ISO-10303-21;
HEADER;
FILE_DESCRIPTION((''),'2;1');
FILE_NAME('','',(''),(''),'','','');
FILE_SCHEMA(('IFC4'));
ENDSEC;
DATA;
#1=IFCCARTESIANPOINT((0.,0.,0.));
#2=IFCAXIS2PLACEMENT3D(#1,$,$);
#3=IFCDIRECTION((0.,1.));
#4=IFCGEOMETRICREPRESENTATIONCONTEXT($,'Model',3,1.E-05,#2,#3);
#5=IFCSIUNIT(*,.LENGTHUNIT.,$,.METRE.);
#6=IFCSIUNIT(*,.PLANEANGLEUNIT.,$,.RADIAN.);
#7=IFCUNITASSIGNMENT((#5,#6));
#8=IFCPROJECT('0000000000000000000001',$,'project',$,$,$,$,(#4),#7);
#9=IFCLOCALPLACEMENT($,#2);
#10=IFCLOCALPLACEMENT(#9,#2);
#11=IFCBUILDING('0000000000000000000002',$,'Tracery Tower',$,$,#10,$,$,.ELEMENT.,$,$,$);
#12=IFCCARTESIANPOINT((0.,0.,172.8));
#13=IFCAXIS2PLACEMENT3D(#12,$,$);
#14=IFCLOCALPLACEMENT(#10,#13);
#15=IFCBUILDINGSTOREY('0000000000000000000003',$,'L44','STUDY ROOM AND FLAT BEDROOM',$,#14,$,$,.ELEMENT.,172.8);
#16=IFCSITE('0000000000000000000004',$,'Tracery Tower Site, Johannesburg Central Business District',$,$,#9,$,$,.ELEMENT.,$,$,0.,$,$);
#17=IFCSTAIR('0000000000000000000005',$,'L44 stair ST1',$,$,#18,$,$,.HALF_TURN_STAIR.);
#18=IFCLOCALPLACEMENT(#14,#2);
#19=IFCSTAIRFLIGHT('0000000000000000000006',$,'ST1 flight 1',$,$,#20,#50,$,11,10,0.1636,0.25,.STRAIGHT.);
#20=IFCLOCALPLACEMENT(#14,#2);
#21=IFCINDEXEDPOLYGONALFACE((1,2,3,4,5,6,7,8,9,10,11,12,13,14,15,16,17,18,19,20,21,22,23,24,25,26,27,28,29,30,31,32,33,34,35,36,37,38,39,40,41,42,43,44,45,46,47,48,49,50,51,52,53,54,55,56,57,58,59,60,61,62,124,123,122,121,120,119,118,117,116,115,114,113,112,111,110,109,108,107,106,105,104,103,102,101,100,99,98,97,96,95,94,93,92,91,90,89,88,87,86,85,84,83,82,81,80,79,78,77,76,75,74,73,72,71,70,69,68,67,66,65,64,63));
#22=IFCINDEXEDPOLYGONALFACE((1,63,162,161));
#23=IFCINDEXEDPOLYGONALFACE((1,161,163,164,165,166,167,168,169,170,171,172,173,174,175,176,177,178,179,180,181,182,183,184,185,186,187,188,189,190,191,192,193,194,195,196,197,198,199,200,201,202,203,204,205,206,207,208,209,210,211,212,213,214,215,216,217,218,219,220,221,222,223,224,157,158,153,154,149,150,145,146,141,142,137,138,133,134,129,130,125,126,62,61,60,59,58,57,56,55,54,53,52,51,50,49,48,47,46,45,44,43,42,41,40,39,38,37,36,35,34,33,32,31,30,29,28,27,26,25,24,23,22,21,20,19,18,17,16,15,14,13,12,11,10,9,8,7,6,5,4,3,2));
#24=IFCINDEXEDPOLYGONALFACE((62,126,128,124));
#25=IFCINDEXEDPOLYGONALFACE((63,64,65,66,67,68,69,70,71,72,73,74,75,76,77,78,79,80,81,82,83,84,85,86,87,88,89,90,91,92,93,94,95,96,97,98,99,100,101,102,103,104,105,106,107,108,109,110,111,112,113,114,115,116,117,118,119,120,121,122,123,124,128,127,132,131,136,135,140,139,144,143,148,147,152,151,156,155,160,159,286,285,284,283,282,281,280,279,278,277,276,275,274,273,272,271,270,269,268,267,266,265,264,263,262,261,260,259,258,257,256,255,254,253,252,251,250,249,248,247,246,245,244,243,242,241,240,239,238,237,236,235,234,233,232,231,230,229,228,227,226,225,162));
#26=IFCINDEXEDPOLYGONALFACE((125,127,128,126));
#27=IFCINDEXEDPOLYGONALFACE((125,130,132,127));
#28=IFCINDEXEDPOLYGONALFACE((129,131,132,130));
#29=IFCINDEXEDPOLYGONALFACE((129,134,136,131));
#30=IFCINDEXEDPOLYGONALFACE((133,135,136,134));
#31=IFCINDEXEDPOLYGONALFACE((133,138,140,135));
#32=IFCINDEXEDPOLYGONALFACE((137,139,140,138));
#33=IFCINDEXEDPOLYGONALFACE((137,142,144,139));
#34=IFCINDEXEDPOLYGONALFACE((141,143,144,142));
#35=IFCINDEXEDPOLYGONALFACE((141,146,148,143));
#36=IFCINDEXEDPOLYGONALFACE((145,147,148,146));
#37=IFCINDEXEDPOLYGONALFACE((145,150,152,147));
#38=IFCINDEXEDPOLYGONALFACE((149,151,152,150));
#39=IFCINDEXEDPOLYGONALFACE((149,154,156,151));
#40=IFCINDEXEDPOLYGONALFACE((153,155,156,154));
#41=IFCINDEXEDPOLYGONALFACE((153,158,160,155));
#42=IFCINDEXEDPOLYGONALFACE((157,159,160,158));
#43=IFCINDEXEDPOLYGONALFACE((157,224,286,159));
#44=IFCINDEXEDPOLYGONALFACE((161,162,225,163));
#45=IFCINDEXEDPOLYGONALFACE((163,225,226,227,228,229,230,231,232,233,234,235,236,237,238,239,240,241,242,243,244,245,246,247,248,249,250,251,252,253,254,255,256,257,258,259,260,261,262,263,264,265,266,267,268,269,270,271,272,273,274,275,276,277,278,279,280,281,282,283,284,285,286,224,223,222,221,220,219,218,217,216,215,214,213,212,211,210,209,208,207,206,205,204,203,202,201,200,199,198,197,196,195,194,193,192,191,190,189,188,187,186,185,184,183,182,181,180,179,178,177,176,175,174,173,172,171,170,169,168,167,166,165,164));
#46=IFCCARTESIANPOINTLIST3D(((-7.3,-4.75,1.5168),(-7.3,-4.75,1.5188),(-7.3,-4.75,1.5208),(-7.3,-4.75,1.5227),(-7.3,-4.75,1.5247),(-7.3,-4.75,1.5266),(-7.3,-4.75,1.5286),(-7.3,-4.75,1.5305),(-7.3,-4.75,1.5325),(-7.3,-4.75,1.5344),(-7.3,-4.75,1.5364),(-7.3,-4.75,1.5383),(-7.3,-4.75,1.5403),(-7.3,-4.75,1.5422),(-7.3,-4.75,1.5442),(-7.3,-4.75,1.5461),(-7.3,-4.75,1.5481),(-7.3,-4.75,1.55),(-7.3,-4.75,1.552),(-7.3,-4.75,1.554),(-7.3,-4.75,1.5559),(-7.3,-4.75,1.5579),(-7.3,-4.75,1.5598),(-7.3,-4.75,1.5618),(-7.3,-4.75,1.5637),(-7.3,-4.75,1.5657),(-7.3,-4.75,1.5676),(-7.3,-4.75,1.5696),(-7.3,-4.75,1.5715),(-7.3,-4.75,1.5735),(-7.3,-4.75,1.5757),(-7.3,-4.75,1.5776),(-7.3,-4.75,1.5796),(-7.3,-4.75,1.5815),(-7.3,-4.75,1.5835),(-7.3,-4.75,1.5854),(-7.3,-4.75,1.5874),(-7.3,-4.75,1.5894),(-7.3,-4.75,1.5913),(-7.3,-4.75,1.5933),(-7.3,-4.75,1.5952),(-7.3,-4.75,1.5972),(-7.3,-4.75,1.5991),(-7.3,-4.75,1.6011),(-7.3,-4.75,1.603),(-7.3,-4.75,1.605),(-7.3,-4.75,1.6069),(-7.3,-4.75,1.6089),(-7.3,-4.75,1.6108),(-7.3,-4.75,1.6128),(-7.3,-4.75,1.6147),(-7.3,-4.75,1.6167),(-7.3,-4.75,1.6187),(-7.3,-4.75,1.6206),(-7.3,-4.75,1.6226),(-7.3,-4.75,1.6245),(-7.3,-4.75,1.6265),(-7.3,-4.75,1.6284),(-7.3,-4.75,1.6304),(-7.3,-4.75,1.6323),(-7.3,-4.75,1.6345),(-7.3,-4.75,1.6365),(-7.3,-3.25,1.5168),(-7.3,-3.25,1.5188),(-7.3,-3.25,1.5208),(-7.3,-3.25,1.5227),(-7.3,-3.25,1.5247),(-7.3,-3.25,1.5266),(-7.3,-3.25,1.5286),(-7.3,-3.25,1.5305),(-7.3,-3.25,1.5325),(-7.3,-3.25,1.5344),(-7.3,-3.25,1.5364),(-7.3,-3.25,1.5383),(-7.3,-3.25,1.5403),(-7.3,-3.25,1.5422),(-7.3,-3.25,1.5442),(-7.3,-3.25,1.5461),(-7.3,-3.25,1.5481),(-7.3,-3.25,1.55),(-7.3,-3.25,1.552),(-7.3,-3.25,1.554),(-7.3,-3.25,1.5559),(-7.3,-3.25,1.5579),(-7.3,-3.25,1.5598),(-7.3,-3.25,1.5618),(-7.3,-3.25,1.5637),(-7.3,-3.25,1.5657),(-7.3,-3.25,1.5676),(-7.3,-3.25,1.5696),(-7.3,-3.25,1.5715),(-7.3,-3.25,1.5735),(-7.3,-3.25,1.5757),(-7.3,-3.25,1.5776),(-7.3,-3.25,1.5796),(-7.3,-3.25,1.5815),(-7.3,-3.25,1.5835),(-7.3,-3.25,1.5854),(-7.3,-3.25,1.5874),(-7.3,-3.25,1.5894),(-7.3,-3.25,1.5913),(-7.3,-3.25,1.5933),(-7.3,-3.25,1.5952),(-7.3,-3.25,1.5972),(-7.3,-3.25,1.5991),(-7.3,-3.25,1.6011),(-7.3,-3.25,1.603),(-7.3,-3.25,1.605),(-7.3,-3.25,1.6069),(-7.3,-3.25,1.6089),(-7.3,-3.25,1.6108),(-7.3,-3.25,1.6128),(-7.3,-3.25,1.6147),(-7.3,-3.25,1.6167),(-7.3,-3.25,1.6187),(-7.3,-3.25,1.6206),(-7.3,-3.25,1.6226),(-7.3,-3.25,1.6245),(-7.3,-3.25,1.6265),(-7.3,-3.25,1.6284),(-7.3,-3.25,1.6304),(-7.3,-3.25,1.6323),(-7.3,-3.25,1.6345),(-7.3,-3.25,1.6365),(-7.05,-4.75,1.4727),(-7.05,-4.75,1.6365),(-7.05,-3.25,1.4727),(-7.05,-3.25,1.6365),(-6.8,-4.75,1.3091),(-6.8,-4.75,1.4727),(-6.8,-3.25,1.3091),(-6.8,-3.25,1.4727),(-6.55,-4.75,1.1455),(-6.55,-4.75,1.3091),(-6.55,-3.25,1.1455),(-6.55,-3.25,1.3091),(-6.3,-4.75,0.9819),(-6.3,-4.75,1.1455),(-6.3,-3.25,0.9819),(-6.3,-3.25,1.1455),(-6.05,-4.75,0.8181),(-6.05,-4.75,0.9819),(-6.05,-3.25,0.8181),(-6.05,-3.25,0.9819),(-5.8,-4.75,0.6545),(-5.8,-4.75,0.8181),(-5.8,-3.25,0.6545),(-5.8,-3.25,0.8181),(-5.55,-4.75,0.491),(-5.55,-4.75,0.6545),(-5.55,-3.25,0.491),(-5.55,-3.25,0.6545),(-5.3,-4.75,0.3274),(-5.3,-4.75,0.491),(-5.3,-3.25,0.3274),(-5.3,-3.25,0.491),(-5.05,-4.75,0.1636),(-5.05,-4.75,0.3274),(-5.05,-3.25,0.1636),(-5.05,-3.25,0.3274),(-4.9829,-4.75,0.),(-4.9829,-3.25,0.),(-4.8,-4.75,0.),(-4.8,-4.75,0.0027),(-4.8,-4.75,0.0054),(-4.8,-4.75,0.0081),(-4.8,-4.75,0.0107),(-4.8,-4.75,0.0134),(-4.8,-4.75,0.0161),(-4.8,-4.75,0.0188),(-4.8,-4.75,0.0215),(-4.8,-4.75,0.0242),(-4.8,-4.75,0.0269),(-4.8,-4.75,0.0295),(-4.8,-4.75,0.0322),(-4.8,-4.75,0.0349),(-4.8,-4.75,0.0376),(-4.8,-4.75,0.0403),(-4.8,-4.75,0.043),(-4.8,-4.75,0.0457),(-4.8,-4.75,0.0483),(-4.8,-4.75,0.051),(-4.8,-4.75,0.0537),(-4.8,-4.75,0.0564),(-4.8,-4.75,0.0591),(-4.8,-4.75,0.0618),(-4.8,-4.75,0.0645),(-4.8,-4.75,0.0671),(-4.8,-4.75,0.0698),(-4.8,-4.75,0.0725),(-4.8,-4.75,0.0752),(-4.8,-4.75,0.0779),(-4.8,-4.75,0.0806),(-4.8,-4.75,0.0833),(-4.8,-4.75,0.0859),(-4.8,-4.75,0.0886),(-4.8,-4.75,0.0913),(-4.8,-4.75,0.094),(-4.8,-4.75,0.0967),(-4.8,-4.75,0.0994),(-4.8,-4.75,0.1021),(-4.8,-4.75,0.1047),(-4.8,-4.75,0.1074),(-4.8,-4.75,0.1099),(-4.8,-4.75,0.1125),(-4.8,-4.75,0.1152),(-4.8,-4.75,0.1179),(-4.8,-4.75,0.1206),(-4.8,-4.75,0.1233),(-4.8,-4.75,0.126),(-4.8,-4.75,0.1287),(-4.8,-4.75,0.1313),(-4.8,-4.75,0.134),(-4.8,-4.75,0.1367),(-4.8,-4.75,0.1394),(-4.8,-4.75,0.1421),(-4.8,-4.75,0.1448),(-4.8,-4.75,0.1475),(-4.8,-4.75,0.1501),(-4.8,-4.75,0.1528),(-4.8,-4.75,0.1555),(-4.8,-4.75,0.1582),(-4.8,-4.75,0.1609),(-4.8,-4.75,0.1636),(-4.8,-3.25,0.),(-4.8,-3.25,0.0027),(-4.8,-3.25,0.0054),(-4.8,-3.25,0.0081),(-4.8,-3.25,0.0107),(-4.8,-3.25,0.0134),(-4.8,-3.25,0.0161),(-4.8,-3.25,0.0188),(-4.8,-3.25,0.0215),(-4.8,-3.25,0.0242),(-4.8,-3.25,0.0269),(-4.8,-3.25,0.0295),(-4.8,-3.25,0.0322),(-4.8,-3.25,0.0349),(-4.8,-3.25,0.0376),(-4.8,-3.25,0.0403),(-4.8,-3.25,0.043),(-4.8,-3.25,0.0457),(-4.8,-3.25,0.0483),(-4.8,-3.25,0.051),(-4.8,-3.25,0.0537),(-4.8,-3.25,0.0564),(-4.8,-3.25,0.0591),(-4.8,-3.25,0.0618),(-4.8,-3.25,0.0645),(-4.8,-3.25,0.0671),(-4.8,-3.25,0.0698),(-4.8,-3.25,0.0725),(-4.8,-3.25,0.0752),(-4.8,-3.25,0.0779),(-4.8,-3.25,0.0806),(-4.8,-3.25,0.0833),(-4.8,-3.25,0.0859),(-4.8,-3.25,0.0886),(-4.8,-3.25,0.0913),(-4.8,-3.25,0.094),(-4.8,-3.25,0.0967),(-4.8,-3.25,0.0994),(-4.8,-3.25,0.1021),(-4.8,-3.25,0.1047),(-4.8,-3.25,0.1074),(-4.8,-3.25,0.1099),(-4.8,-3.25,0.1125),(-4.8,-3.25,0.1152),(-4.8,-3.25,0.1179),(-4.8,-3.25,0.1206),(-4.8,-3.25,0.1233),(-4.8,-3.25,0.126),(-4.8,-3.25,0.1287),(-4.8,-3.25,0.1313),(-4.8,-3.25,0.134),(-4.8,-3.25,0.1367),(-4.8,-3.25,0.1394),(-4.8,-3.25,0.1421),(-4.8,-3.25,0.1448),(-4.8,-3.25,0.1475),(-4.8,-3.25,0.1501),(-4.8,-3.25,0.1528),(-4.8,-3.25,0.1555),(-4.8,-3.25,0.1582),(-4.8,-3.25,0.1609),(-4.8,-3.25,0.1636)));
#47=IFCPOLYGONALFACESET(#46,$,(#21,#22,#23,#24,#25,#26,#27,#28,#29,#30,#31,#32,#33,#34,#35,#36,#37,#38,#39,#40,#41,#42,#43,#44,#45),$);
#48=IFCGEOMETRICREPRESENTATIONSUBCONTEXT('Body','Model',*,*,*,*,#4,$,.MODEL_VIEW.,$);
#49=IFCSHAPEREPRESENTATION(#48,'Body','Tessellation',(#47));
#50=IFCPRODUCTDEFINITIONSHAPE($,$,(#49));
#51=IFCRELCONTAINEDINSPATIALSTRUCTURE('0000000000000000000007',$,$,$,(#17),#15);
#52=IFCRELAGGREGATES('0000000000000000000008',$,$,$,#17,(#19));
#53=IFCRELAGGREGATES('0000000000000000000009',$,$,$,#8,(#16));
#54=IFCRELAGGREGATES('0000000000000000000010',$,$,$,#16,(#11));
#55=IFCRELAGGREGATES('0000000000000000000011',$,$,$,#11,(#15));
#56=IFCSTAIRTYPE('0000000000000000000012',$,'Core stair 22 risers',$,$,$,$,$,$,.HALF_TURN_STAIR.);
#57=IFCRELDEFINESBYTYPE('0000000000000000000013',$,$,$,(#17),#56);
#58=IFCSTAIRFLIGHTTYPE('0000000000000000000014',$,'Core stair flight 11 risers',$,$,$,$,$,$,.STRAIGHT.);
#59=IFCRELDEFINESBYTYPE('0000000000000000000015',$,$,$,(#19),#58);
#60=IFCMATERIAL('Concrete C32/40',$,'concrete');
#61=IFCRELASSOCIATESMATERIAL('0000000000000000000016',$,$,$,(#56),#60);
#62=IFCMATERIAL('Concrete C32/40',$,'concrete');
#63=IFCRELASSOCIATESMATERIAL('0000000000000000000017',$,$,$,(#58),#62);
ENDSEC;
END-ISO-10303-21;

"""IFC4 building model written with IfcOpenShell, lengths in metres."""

from ifc_helpers import new_model, si_unit, direction, frame, origin, place, context, subcontext, project, spatial, polyline, outline, extrude, material, type_object, element, aggregate, save


model = new_model("IFC4")

# Units and contexts
model_context = context("Model", 3, precision=1e-05, world=origin(), true_north=direction((0.0, 1.0)))
body_context = subcontext(model_context, "Body", "Model", "MODEL_VIEW")
ifc_project = project(units=[si_unit("LENGTHUNIT", "METRE"), si_unit("PLANEANGLEUNIT", "RADIAN")], contexts=[model_context])

# Site, building, storey
site_placement = place(None, origin())
site = spatial("IfcSite", under=ifc_project, at=site_placement, Name="Tracery Tower Site, Johannesburg Central Business District", CompositionType="ELEMENT", RefElevation=0.0)
building_placement = place(site_placement, origin())
building = spatial("IfcBuilding", under=site, at=building_placement, Name="Tracery Tower", CompositionType="ELEMENT")
storey_placement = place(building_placement, frame((0.0, 0.0, 172.8)))
storey = spatial("IfcBuildingStorey", under=building, at=storey_placement, Name="L44", Description="STUDY ROOM AND FLAT BEDROOM", CompositionType="ELEMENT", Elevation=172.8)

# Stair, stair flight
ifc_material_1 = material(Name="Concrete C32/40", Category="concrete")
stair_type = type_object("IfcStairType", Name="Core stair 22 risers", PredefinedType="HALF_TURN_STAIR", material=ifc_material_1)
stair_placement = place(storey_placement, origin())
stair = element("IfcStair", 1, at=stair_placement, inside=storey, type_object=stair_type, Name="L44 stair ST1", PredefinedType="HALF_TURN_STAIR")
ifc_material_2 = material(Name="Concrete C32/40", Category="concrete")
stair_flight_type = type_object("IfcStairFlightType", Name="Core stair flight 11 risers", PredefinedType="STRAIGHT", material=ifc_material_2)
stair_flight_1_placement = place(storey_placement, frame((-4.8, -4.0, 0.0), z_axis=(0.0, 0.0, 1.0), x_axis=(-1.0, 0.0, 0.0)))
stair_flight_1 = element("IfcStairFlight", 2, at=stair_flight_1_placement, type_object=stair_flight_type, Name="ST1 flight 1", NumberOfRisers=11, NumberOfTreads=10, PredefinedType="STRAIGHT", RiserHeight=0.1636, TreadLength=0.25, context=body_context, shape_type="SweptSolid", body=[
    extrude(outline(polyline([(0.0, 0.0), (0.0, 0.0027), (0.0, 0.0054), (0.0, 0.0081), (0.0, 0.0107), (0.0, 0.0134), (0.0, 0.0161), (0.0, 0.0188), (0.0, 0.0215), (0.0, 0.0242), (0.0, 0.0269), (0.0, 0.0295), (0.0, 0.0322), (0.0, 0.0349), (0.0, 0.0376), (0.0, 0.0403), (0.0, 0.043), (0.0, 0.0457), (0.0, 0.0483), (0.0, 0.051), (0.0, 0.0537), (0.0, 0.0564), (0.0, 0.0591), (0.0, 0.0618), (0.0, 0.0645), (0.0, 0.0671), (0.0, 0.0698), (0.0, 0.0725), (0.0, 0.0752), (0.0, 0.0779), (0.0, 0.0806), (0.0, 0.0833), (0.0, 0.0859), (0.0, 0.0886), (0.0, 0.0913), (0.0, 0.094), (0.0, 0.0967), (0.0, 0.0994), (0.0, 0.1021), (0.0, 0.1047), (0.0, 0.1074), (0.0, 0.1099), (0.0, 0.1125), (0.0, 0.1152), (0.0, 0.1179), (0.0, 0.1206), (0.0, 0.1233), (0.0, 0.126), (0.0, 0.1287), (0.0, 0.1313), (0.0, 0.134), (0.0, 0.1367), (0.0, 0.1394), (0.0, 0.1421), (0.0, 0.1448), (0.0, 0.1475), (0.0, 0.1501), (0.0, 0.1528), (0.0, 0.1555), (0.0, 0.1582), (0.0, 0.1609), (0.0, 0.1636), (0.25, 0.1636), (0.25, 0.3274), (0.5, 0.3274), (0.5, 0.491), (0.75, 0.491), (0.75, 0.6545), (1.0, 0.6545), (1.0, 0.8181), (1.25, 0.8181), (1.25, 0.9819), (1.5, 0.9819), (1.5, 1.1455), (1.75, 1.1455), (1.75, 1.3091), (2.0, 1.3091), (2.0, 1.4727), (2.25, 1.4727), (2.25, 1.6365), (2.5, 1.6365), (2.5, 1.6345), (2.5, 1.6323), (2.5, 1.6304), (2.5, 1.6284), (2.5, 1.6265), (2.5, 1.6245), (2.5, 1.6226), (2.5, 1.6206), (2.5, 1.6187), (2.5, 1.6167), (2.5, 1.6147), (2.5, 1.6128), (2.5, 1.6108), (2.5, 1.6089), (2.5, 1.6069), (2.5, 1.605), (2.5, 1.603), (2.5, 1.6011), (2.5, 1.5991), (2.5, 1.5972), (2.5, 1.5952), (2.5, 1.5933), (2.5, 1.5913), (2.5, 1.5894), (2.5, 1.5874), (2.5, 1.5854), (2.5, 1.5835), (2.5, 1.5815), (2.5, 1.5796), (2.5, 1.5776), (2.5, 1.5757), (2.5, 1.5735), (2.5, 1.5715), (2.5, 1.5696), (2.5, 1.5676), (2.5, 1.5657), (2.5, 1.5637), (2.5, 1.5618), (2.5, 1.5598), (2.5, 1.5579), (2.5, 1.5559), (2.5, 1.554), (2.5, 1.552), (2.5, 1.55), (2.5, 1.5481), (2.5, 1.5461), (2.5, 1.5442), (2.5, 1.5422), (2.5, 1.5403), (2.5, 1.5383), (2.5, 1.5364), (2.5, 1.5344), (2.5, 1.5325), (2.5, 1.5305), (2.5, 1.5286), (2.5, 1.5266), (2.5, 1.5247), (2.5, 1.5227), (2.5, 1.5208), (2.5, 1.5188), (2.5, 1.5168), (0.1829, 0.0), (0.0, 0.0)])), frame((0.0, 0.75, 0.0), z_axis=(0.0, -1.0, 0.0), x_axis=(1.0, 0.0, 0.0)), (0.0, 0.0, 1.0), 1.5),
])
aggregate(stair, [stair_flight_1])

save(model, "model.ifc")
